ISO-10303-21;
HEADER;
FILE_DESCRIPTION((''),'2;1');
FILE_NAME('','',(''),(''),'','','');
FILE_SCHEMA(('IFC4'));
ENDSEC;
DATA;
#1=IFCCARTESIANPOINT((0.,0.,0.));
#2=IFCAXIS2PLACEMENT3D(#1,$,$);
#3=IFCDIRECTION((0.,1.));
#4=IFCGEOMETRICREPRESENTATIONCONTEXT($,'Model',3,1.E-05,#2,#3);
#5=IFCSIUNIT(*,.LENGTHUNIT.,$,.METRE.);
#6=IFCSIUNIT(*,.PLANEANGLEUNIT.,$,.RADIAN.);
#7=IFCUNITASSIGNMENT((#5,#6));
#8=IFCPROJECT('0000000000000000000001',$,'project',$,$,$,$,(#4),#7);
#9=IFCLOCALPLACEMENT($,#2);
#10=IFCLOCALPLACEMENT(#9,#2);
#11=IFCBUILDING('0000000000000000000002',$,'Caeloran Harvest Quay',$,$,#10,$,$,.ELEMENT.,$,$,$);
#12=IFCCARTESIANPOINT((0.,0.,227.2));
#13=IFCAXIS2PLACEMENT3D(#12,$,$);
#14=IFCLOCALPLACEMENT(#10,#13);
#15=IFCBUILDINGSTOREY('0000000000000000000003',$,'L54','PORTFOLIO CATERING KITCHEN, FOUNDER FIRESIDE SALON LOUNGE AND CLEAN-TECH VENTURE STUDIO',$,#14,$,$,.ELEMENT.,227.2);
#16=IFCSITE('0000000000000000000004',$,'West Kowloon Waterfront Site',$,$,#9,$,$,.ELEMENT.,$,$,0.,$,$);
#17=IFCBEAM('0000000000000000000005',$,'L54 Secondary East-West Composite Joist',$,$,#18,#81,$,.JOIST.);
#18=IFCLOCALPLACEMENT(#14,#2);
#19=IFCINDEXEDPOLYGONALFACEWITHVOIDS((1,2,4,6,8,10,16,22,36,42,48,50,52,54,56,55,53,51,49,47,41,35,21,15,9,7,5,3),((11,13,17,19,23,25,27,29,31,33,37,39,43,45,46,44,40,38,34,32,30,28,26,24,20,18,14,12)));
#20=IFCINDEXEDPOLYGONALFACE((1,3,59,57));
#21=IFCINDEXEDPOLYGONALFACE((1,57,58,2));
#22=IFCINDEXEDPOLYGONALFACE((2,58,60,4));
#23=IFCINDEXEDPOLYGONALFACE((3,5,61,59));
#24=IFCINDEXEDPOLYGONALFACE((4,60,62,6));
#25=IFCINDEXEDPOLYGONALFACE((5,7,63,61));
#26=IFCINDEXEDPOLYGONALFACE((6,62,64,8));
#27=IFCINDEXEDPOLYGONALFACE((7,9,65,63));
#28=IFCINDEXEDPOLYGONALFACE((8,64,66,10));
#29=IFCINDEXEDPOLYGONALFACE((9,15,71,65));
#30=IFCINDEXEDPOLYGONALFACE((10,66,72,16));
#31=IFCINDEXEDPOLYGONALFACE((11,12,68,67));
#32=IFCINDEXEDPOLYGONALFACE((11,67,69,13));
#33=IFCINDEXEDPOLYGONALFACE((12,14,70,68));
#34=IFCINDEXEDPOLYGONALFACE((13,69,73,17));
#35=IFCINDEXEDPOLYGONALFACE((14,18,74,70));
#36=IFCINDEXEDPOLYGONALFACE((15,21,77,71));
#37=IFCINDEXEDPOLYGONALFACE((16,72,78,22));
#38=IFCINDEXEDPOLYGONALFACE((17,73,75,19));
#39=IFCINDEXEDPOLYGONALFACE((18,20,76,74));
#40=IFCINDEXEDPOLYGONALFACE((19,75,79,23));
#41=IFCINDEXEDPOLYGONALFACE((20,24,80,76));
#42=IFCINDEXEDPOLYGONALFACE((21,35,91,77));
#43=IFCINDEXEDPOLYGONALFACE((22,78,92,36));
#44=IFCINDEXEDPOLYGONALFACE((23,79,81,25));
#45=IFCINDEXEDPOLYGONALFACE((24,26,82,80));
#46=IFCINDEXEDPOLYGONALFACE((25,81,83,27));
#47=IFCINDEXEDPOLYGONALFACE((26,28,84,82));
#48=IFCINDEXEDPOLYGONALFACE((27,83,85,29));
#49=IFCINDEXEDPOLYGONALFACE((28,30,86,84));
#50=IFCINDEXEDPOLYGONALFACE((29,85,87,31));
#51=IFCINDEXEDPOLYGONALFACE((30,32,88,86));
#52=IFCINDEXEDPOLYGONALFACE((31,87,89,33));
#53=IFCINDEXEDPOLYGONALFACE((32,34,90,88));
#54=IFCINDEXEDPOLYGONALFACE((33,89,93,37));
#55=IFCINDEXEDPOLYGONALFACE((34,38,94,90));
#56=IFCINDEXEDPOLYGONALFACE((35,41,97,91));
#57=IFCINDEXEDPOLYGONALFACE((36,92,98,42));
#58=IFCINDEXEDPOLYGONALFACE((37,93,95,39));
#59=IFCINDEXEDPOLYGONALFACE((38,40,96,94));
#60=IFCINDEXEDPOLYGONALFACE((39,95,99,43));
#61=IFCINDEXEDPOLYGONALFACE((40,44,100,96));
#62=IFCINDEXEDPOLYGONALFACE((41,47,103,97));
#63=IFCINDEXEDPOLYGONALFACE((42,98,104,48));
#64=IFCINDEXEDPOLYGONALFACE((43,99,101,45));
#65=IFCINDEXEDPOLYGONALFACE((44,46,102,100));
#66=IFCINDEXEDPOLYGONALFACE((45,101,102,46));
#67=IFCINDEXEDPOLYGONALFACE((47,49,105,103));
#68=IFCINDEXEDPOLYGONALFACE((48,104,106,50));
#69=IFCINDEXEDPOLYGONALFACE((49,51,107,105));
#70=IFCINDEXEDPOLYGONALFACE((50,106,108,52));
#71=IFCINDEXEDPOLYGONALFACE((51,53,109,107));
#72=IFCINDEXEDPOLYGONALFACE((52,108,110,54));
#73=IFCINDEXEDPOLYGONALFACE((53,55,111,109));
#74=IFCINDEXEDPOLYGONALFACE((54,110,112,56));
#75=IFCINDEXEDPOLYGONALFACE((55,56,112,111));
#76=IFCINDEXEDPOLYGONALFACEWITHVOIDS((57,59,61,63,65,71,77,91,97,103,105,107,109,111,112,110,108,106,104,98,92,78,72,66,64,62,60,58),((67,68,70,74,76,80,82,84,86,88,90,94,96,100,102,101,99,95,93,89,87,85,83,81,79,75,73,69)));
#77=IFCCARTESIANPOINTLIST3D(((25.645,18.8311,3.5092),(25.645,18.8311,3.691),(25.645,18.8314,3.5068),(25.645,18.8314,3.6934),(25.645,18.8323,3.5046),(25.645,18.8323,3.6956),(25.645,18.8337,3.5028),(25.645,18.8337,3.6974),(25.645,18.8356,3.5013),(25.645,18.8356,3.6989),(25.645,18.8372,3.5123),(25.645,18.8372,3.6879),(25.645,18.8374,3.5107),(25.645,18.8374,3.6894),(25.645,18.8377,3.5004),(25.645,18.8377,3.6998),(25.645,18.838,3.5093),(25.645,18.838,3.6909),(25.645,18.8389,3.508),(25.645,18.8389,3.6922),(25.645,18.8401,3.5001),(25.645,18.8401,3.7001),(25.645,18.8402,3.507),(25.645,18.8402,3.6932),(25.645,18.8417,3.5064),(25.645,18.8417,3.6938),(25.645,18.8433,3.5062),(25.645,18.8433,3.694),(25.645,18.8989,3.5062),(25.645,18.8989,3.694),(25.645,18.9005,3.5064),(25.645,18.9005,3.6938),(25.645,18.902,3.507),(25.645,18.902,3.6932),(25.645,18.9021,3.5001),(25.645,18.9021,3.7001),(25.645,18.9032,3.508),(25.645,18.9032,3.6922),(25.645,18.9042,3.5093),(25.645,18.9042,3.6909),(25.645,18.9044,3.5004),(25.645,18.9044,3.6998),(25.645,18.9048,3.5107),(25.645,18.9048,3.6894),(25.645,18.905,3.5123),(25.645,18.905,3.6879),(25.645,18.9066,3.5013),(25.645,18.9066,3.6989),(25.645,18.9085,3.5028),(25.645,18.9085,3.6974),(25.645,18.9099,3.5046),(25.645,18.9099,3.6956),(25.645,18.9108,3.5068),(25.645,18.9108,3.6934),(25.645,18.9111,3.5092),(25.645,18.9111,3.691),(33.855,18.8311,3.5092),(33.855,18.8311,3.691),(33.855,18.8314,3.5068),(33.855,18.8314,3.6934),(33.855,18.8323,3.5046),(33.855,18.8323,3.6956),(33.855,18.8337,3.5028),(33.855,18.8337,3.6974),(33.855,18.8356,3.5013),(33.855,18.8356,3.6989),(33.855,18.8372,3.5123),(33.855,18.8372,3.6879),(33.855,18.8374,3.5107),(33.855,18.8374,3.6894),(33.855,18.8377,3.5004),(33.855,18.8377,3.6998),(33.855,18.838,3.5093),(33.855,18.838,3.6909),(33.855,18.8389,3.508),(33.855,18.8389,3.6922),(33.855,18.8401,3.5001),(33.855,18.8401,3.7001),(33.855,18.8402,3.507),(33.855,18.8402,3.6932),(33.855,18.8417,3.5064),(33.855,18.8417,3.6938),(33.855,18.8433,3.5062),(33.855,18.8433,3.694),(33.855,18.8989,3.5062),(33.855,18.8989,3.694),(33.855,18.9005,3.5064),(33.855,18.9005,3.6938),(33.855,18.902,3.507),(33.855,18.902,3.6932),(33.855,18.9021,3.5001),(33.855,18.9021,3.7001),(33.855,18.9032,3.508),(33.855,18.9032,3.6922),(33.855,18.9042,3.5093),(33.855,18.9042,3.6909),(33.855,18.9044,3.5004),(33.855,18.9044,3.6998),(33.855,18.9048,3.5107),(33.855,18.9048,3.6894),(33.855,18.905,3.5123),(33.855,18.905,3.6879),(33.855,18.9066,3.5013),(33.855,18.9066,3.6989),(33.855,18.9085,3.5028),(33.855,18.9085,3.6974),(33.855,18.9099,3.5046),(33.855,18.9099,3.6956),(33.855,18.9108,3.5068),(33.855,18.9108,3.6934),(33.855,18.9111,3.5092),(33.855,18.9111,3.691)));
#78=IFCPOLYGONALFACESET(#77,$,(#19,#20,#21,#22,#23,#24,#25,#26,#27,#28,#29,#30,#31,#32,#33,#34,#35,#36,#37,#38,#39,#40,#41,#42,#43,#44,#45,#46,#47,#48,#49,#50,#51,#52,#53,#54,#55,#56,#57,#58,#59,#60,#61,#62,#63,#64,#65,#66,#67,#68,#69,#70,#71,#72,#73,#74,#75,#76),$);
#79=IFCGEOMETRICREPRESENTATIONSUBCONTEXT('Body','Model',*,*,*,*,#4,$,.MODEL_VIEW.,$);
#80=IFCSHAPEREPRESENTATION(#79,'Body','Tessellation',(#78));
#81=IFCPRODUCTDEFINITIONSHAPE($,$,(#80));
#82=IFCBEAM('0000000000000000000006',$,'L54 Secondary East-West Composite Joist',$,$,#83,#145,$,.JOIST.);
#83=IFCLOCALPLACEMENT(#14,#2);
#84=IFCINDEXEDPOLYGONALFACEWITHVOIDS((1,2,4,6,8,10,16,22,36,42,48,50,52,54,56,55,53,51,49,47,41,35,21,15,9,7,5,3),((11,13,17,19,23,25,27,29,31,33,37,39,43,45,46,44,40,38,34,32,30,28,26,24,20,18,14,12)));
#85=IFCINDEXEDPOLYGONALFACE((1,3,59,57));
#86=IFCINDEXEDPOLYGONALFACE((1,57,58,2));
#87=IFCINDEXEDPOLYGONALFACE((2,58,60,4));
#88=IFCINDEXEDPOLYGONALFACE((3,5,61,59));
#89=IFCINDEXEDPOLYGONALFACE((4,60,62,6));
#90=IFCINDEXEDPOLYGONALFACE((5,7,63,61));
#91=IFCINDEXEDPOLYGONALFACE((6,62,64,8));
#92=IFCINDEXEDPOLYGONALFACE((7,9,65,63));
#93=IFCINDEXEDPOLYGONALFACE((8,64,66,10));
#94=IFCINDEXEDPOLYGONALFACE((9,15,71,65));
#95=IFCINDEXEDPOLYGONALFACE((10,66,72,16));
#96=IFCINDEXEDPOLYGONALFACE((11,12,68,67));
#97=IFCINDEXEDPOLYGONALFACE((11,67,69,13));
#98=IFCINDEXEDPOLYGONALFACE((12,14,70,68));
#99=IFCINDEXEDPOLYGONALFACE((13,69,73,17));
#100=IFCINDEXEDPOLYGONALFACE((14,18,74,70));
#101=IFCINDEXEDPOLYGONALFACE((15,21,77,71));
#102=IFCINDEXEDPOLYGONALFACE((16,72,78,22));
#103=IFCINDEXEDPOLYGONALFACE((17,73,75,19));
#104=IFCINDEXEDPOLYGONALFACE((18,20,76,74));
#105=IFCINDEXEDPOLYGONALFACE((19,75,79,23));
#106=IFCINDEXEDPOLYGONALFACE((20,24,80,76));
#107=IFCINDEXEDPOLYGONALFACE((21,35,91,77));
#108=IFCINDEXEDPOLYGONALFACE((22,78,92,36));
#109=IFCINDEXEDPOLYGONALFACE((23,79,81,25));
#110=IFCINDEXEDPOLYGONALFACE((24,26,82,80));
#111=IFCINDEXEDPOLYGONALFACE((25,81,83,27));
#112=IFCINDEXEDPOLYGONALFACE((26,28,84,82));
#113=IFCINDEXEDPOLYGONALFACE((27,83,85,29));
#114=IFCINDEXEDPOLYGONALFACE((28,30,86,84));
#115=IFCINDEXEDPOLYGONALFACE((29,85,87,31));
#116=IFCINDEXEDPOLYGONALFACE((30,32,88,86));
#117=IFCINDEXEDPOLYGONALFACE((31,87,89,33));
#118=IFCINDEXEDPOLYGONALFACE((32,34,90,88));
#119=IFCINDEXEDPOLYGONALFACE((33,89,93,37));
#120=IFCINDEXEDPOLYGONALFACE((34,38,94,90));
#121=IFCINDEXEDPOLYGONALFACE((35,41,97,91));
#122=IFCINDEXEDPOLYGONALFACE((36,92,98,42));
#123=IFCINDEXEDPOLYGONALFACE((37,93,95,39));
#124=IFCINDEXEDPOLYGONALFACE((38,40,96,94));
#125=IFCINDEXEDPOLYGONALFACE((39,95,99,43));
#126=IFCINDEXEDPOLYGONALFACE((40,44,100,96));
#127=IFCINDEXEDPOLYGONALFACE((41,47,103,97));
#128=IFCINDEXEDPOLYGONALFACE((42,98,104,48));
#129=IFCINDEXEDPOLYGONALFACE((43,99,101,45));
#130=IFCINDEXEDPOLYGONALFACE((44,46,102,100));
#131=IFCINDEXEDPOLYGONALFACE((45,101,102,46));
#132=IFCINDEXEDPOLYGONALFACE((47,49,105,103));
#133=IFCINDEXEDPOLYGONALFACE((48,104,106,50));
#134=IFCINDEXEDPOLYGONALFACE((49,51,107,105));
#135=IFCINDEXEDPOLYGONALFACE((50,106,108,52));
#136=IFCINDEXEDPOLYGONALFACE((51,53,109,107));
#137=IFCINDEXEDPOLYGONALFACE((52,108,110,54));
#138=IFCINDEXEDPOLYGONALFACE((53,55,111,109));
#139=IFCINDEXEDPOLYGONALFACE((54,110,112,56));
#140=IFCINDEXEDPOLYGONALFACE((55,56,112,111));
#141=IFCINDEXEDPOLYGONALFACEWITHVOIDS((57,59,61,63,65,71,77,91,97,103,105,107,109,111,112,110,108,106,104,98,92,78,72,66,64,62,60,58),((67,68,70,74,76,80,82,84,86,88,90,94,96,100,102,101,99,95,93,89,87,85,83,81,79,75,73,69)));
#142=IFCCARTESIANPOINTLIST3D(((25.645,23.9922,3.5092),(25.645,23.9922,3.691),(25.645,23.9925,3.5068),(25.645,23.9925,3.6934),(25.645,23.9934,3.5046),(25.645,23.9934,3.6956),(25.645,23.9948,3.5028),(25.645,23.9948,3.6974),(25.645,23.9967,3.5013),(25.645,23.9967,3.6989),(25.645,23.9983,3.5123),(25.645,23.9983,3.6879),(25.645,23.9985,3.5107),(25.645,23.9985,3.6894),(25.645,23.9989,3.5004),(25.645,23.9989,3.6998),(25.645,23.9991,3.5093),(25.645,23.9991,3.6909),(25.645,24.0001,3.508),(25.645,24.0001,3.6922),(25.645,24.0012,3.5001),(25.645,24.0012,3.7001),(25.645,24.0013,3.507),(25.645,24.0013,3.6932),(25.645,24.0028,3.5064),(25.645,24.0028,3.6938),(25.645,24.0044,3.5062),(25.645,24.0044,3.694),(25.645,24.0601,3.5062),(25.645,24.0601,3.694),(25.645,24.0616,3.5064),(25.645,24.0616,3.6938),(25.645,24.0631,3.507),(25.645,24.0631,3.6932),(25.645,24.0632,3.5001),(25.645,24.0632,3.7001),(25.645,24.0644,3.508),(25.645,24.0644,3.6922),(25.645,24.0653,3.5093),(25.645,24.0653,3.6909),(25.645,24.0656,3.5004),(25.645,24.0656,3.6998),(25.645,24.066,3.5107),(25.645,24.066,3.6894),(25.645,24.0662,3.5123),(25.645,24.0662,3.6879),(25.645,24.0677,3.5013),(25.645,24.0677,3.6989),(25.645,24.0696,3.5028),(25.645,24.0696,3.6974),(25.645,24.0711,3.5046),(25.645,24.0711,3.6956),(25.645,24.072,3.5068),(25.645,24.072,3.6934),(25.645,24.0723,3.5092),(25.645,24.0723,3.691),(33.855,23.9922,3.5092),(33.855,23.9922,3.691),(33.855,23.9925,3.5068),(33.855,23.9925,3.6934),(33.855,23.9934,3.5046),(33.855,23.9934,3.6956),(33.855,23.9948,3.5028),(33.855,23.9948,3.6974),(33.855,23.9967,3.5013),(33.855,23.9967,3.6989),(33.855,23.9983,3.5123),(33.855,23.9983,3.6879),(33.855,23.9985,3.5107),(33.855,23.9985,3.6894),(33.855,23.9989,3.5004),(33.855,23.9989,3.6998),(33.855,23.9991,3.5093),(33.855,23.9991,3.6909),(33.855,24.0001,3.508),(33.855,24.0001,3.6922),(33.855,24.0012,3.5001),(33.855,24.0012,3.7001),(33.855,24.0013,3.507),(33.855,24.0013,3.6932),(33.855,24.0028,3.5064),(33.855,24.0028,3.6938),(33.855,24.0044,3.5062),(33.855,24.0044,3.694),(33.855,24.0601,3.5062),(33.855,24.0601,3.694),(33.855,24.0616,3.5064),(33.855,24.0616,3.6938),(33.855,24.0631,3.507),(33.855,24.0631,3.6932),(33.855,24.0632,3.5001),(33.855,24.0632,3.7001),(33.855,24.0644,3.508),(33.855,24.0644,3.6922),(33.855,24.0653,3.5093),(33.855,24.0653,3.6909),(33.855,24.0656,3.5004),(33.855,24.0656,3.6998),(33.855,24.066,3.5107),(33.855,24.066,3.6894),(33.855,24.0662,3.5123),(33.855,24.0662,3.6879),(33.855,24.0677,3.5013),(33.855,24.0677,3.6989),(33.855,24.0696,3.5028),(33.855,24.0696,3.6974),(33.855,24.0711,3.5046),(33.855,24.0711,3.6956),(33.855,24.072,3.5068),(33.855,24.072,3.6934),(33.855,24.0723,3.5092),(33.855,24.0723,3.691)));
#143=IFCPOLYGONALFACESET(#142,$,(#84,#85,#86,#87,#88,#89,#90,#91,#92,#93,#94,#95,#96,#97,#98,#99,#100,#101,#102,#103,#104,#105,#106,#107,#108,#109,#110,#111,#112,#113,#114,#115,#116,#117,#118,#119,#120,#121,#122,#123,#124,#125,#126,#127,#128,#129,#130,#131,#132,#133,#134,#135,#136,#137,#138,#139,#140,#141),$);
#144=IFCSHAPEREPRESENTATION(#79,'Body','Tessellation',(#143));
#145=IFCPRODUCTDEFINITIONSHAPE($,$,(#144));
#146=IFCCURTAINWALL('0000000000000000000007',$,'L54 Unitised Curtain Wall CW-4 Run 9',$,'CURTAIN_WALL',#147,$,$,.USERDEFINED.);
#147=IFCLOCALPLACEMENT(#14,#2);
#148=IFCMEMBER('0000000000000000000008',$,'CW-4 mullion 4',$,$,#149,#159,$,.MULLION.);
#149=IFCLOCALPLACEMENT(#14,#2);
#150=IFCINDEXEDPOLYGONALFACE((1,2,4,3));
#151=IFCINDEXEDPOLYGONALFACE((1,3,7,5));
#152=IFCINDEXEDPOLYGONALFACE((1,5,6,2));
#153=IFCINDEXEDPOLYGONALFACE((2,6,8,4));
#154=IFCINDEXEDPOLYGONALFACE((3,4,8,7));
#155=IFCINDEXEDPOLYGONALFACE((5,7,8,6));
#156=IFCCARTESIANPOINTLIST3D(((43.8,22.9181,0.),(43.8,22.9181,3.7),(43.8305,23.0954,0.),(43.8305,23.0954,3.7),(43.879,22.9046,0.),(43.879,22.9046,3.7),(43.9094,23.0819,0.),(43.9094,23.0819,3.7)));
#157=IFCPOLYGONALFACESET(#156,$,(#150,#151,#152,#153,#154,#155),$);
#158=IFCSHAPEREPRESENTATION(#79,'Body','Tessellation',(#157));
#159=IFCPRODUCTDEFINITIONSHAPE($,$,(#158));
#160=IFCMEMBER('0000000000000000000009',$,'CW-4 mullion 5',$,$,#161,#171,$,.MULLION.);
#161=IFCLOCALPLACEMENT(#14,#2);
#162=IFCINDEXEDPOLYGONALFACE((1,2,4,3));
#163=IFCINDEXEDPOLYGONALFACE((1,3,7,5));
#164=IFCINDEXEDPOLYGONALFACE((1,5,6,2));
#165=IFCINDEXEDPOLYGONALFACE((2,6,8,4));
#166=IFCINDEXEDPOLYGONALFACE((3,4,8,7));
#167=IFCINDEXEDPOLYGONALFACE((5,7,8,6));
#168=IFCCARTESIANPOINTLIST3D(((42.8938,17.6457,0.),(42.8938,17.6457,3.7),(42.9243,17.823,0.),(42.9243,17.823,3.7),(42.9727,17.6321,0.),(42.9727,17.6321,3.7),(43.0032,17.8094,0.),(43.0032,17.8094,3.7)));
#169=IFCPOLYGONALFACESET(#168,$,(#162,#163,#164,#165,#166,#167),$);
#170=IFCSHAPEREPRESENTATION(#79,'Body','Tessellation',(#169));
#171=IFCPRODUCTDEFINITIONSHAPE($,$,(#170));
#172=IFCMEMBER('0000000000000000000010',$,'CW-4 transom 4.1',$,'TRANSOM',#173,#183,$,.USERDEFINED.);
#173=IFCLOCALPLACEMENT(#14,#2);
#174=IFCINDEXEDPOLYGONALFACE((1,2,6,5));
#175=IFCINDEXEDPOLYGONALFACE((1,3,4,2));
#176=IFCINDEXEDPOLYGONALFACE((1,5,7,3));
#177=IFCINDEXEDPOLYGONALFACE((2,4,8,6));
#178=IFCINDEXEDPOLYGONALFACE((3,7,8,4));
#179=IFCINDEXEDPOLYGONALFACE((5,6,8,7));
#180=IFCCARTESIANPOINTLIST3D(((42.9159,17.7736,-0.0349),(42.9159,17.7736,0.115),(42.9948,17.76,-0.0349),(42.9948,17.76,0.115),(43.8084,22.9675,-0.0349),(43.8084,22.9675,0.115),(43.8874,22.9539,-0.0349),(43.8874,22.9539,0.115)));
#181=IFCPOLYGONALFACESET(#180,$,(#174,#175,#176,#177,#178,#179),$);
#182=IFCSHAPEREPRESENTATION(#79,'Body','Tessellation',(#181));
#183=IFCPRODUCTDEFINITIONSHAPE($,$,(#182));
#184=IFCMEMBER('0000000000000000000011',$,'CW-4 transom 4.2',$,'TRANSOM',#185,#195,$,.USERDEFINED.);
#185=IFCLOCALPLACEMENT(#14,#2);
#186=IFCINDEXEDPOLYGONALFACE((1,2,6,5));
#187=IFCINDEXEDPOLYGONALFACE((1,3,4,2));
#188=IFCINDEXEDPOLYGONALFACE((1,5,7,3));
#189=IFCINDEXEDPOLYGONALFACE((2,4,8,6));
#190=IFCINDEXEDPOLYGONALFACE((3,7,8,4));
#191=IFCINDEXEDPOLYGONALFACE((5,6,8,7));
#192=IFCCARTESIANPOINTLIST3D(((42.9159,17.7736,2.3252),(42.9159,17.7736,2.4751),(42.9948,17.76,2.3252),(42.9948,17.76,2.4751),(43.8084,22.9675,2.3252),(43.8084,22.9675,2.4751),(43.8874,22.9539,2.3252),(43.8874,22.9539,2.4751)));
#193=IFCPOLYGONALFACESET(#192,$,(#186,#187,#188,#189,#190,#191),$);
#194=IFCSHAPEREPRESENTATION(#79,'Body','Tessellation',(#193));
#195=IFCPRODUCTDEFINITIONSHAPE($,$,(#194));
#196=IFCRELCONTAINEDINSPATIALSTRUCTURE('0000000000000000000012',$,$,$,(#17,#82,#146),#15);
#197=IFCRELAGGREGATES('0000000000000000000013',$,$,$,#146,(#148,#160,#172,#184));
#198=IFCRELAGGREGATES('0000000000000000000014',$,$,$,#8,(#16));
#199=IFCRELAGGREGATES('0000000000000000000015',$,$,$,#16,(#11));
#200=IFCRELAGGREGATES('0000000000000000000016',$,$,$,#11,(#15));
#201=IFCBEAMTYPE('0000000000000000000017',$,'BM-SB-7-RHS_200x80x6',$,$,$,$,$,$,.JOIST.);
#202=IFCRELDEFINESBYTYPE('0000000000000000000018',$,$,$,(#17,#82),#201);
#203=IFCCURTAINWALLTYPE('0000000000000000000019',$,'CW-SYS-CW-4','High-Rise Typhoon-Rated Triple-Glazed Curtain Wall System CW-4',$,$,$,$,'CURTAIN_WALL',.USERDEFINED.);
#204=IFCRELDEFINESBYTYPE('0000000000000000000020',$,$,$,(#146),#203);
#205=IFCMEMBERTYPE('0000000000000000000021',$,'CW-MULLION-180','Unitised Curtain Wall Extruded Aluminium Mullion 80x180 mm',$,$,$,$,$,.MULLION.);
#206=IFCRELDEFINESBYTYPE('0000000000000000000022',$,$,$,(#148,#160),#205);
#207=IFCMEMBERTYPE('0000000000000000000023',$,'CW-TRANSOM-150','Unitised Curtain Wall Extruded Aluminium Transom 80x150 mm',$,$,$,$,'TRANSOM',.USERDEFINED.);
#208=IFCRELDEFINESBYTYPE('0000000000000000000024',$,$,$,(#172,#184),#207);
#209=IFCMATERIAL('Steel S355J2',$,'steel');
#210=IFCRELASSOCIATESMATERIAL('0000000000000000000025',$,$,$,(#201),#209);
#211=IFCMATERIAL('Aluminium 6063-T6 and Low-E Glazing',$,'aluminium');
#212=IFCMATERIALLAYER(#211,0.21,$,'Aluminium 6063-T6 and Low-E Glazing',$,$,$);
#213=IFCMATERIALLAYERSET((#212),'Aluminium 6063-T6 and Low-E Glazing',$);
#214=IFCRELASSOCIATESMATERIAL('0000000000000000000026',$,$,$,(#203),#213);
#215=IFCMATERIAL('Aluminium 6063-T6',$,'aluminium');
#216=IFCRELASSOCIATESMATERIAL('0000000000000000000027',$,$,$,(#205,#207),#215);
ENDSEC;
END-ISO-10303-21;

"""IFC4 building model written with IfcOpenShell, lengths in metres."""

from ifc_helpers import new_model, si_unit, direction, frame, origin, origin_2d, place, context, subcontext, project, spatial, rectangle, hollow_rectangle, extrude, material, layer, layer_set, material_profile, profile_set, type_object, element, aggregate, save


model = new_model("IFC4")

# Units and contexts
model_context = context("Model", 3, precision=1e-05, world=origin(), true_north=direction((0.0, 1.0)))
body_context = subcontext(model_context, "Body", "Model", "MODEL_VIEW")
ifc_project = project(units=[si_unit("LENGTHUNIT", "METRE"), si_unit("PLANEANGLEUNIT", "RADIAN")], contexts=[model_context])

# Site, building, storey
site_placement = place(None, origin())
site = spatial("IfcSite", under=ifc_project, at=site_placement, Name="West Kowloon Waterfront Site", CompositionType="ELEMENT", RefElevation=0.0)
building_placement = place(site_placement, origin())
building = spatial("IfcBuilding", under=site, at=building_placement, Name="Caeloran Harvest Quay", CompositionType="ELEMENT")
storey_placement = place(building_placement, frame((0.0, 0.0, 227.2)))
storey = spatial("IfcBuildingStorey", under=building, at=storey_placement, Name="L54", Description="PORTFOLIO CATERING KITCHEN, FOUNDER FIRESIDE SALON LOUNGE AND CLEAN-TECH VENTURE STUDIO", CompositionType="ELEMENT", Elevation=227.2)

# Beams
ifc_material_1 = material(Name="Steel S355J2", Category="steel")
ifc_material_profile_1 = material_profile(ifc_material_1, hollow_rectangle(XDim=0.0801, YDim=0.2, WallThickness=0.0061, InnerFilletRadius=0.0061, OuterFilletRadius=0.009, at=origin_2d()), Name="RHS 200x80x6")
ifc_profile_set_1 = profile_set([ifc_material_profile_1], Name="Steel S355J2")
beam_type_1 = type_object("IfcBeamType", Name="BM-SB-7-RHS_200x80x6", PredefinedType="JOIST", material=ifc_profile_set_1)
for number, where, z_axis, x_axis, name in (
    (1, (25.645, 18.8711, 3.6001), (1.0, 0.0, 0.0), (0.0, 1.0, 0.0), "L54 Secondary East-West Composite Joist"),
    (2, (25.645, 24.0322, 3.6001), (1.0, 0.0, 0.0), (0.0, 1.0, 0.0), "L54 Secondary East-West Composite Joist"),
):
    element("IfcBeam", number, at=place(storey_placement, frame(where, z_axis=z_axis, x_axis=x_axis)), inside=storey, type_object=beam_type_1, Name=name, PredefinedType="JOIST", context=body_context, shape_type="SweptSolid", body=[
        extrude(hollow_rectangle(XDim=0.0801, YDim=0.2, WallThickness=0.0061, InnerFilletRadius=0.0061, OuterFilletRadius=0.009, at=origin_2d()), origin(), (0.0, 0.0, 1.0), 8.21),
    ])

# Curtain wall, members
ifc_material_2 = material(Name="Aluminium 6063-T6 and Low-E Glazing", Category="aluminium")
ifc_layer_1 = layer(ifc_material_2, 0.21, Name="Aluminium 6063-T6 and Low-E Glazing")
ifc_layer_set_1 = layer_set([ifc_layer_1], Name="Aluminium 6063-T6 and Low-E Glazing")
curtain_wall_type = type_object("IfcCurtainWallType", Name="CW-SYS-CW-4", Description="High-Rise Typhoon-Rated Triple-Glazed Curtain Wall System CW-4", ElementType="CURTAIN_WALL", PredefinedType="USERDEFINED", material=ifc_layer_set_1)
curtain_wall_placement = place(storey_placement, origin())
curtain_wall = element("IfcCurtainWall", 3, at=curtain_wall_placement, inside=storey, type_object=curtain_wall_type, Name="L54 Unitised Curtain Wall CW-4 Run 9", ObjectType="CURTAIN_WALL", PredefinedType="USERDEFINED")
ifc_material_3 = material(Name="Aluminium 6063-T6", Category="aluminium")
ifc_material_profile_2 = material_profile(ifc_material_3, rectangle(XDim=0.0801, YDim=0.1799, at=origin_2d()), Name="CW-MULLION-180")
ifc_profile_set_2 = profile_set([ifc_material_profile_2], Name="Aluminium 6063-T6")
member_type_1 = type_object("IfcMemberType", Name="CW-MULLION-180", Description="Unitised Curtain Wall Extruded Aluminium Mullion 80x180 mm", PredefinedType="MULLION", material=ifc_profile_set_2)
member_1_placement = place(storey_placement, frame((43.8547, 23.0, 0.0), z_axis=(0.0, 0.0, 1.0), x_axis=(0.985549, -0.169391, 0.0)))
member_1 = element("IfcMember", 4, at=member_1_placement, type_object=member_type_1, Name="CW-4 mullion 4", PredefinedType="MULLION", context=body_context, shape_type="SweptSolid", body=[
    extrude(rectangle(XDim=0.0801, YDim=0.1799, at=origin_2d()), origin(), (0.0, 0.0, 1.0), 3.7),
])
member_2_placement = place(storey_placement, frame((42.9485, 17.7275, 0.0), z_axis=(0.0, 0.0, 1.0), x_axis=(0.985549, -0.169391, 0.0)))
member_2 = element("IfcMember", 5, at=member_2_placement, type_object=member_type_1, Name="CW-4 mullion 5", PredefinedType="MULLION", context=body_context, shape_type="SweptSolid", body=[
    extrude(rectangle(XDim=0.0801, YDim=0.1799, at=origin_2d()), origin(), (0.0, 0.0, 1.0), 3.7),
])
ifc_material_profile_3 = material_profile(ifc_material_3, rectangle(XDim=0.0801, YDim=0.1499, at=origin_2d()), Name="CW-TRANSOM-150")
ifc_profile_set_3 = profile_set([ifc_material_profile_3], Name="Aluminium 6063-T6")
member_type_2 = type_object("IfcMemberType", Name="CW-TRANSOM-150", Description="Unitised Curtain Wall Extruded Aluminium Transom 80x150 mm", ElementType="TRANSOM", PredefinedType="USERDEFINED", material=ifc_profile_set_3)
member_3_placement = place(storey_placement, frame((43.8479, 22.9607, 0.04), z_axis=(-0.16937, -0.985553, 0.0), x_axis=(0.985553, -0.16937, 0.0)))
member_3 = element("IfcMember", 6, at=member_3_placement, type_object=member_type_2, Name="CW-4 transom 4.1", ObjectType="TRANSOM", PredefinedType="USERDEFINED", context=body_context, shape_type="SweptSolid", body=[
    extrude(rectangle(XDim=0.0801, YDim=0.1499, at=origin_2d()), origin(), (0.0, 0.0, 1.0), 5.27),
])
member_4_placement = place(storey_placement, frame((43.8479, 22.9607, 2.4001), z_axis=(-0.16937, -0.985553, 0.0), x_axis=(0.985553, -0.16937, 0.0)))
member_4 = element("IfcMember", 7, at=member_4_placement, type_object=member_type_2, Name="CW-4 transom 4.2", ObjectType="TRANSOM", PredefinedType="USERDEFINED", context=body_context, shape_type="SweptSolid", body=[
    extrude(rectangle(XDim=0.0801, YDim=0.1499, at=origin_2d()), origin(), (0.0, 0.0, 1.0), 5.27),
])
aggregate(curtain_wall, [member_1, member_2, member_3, member_4])

save(model, "model.ifc")
